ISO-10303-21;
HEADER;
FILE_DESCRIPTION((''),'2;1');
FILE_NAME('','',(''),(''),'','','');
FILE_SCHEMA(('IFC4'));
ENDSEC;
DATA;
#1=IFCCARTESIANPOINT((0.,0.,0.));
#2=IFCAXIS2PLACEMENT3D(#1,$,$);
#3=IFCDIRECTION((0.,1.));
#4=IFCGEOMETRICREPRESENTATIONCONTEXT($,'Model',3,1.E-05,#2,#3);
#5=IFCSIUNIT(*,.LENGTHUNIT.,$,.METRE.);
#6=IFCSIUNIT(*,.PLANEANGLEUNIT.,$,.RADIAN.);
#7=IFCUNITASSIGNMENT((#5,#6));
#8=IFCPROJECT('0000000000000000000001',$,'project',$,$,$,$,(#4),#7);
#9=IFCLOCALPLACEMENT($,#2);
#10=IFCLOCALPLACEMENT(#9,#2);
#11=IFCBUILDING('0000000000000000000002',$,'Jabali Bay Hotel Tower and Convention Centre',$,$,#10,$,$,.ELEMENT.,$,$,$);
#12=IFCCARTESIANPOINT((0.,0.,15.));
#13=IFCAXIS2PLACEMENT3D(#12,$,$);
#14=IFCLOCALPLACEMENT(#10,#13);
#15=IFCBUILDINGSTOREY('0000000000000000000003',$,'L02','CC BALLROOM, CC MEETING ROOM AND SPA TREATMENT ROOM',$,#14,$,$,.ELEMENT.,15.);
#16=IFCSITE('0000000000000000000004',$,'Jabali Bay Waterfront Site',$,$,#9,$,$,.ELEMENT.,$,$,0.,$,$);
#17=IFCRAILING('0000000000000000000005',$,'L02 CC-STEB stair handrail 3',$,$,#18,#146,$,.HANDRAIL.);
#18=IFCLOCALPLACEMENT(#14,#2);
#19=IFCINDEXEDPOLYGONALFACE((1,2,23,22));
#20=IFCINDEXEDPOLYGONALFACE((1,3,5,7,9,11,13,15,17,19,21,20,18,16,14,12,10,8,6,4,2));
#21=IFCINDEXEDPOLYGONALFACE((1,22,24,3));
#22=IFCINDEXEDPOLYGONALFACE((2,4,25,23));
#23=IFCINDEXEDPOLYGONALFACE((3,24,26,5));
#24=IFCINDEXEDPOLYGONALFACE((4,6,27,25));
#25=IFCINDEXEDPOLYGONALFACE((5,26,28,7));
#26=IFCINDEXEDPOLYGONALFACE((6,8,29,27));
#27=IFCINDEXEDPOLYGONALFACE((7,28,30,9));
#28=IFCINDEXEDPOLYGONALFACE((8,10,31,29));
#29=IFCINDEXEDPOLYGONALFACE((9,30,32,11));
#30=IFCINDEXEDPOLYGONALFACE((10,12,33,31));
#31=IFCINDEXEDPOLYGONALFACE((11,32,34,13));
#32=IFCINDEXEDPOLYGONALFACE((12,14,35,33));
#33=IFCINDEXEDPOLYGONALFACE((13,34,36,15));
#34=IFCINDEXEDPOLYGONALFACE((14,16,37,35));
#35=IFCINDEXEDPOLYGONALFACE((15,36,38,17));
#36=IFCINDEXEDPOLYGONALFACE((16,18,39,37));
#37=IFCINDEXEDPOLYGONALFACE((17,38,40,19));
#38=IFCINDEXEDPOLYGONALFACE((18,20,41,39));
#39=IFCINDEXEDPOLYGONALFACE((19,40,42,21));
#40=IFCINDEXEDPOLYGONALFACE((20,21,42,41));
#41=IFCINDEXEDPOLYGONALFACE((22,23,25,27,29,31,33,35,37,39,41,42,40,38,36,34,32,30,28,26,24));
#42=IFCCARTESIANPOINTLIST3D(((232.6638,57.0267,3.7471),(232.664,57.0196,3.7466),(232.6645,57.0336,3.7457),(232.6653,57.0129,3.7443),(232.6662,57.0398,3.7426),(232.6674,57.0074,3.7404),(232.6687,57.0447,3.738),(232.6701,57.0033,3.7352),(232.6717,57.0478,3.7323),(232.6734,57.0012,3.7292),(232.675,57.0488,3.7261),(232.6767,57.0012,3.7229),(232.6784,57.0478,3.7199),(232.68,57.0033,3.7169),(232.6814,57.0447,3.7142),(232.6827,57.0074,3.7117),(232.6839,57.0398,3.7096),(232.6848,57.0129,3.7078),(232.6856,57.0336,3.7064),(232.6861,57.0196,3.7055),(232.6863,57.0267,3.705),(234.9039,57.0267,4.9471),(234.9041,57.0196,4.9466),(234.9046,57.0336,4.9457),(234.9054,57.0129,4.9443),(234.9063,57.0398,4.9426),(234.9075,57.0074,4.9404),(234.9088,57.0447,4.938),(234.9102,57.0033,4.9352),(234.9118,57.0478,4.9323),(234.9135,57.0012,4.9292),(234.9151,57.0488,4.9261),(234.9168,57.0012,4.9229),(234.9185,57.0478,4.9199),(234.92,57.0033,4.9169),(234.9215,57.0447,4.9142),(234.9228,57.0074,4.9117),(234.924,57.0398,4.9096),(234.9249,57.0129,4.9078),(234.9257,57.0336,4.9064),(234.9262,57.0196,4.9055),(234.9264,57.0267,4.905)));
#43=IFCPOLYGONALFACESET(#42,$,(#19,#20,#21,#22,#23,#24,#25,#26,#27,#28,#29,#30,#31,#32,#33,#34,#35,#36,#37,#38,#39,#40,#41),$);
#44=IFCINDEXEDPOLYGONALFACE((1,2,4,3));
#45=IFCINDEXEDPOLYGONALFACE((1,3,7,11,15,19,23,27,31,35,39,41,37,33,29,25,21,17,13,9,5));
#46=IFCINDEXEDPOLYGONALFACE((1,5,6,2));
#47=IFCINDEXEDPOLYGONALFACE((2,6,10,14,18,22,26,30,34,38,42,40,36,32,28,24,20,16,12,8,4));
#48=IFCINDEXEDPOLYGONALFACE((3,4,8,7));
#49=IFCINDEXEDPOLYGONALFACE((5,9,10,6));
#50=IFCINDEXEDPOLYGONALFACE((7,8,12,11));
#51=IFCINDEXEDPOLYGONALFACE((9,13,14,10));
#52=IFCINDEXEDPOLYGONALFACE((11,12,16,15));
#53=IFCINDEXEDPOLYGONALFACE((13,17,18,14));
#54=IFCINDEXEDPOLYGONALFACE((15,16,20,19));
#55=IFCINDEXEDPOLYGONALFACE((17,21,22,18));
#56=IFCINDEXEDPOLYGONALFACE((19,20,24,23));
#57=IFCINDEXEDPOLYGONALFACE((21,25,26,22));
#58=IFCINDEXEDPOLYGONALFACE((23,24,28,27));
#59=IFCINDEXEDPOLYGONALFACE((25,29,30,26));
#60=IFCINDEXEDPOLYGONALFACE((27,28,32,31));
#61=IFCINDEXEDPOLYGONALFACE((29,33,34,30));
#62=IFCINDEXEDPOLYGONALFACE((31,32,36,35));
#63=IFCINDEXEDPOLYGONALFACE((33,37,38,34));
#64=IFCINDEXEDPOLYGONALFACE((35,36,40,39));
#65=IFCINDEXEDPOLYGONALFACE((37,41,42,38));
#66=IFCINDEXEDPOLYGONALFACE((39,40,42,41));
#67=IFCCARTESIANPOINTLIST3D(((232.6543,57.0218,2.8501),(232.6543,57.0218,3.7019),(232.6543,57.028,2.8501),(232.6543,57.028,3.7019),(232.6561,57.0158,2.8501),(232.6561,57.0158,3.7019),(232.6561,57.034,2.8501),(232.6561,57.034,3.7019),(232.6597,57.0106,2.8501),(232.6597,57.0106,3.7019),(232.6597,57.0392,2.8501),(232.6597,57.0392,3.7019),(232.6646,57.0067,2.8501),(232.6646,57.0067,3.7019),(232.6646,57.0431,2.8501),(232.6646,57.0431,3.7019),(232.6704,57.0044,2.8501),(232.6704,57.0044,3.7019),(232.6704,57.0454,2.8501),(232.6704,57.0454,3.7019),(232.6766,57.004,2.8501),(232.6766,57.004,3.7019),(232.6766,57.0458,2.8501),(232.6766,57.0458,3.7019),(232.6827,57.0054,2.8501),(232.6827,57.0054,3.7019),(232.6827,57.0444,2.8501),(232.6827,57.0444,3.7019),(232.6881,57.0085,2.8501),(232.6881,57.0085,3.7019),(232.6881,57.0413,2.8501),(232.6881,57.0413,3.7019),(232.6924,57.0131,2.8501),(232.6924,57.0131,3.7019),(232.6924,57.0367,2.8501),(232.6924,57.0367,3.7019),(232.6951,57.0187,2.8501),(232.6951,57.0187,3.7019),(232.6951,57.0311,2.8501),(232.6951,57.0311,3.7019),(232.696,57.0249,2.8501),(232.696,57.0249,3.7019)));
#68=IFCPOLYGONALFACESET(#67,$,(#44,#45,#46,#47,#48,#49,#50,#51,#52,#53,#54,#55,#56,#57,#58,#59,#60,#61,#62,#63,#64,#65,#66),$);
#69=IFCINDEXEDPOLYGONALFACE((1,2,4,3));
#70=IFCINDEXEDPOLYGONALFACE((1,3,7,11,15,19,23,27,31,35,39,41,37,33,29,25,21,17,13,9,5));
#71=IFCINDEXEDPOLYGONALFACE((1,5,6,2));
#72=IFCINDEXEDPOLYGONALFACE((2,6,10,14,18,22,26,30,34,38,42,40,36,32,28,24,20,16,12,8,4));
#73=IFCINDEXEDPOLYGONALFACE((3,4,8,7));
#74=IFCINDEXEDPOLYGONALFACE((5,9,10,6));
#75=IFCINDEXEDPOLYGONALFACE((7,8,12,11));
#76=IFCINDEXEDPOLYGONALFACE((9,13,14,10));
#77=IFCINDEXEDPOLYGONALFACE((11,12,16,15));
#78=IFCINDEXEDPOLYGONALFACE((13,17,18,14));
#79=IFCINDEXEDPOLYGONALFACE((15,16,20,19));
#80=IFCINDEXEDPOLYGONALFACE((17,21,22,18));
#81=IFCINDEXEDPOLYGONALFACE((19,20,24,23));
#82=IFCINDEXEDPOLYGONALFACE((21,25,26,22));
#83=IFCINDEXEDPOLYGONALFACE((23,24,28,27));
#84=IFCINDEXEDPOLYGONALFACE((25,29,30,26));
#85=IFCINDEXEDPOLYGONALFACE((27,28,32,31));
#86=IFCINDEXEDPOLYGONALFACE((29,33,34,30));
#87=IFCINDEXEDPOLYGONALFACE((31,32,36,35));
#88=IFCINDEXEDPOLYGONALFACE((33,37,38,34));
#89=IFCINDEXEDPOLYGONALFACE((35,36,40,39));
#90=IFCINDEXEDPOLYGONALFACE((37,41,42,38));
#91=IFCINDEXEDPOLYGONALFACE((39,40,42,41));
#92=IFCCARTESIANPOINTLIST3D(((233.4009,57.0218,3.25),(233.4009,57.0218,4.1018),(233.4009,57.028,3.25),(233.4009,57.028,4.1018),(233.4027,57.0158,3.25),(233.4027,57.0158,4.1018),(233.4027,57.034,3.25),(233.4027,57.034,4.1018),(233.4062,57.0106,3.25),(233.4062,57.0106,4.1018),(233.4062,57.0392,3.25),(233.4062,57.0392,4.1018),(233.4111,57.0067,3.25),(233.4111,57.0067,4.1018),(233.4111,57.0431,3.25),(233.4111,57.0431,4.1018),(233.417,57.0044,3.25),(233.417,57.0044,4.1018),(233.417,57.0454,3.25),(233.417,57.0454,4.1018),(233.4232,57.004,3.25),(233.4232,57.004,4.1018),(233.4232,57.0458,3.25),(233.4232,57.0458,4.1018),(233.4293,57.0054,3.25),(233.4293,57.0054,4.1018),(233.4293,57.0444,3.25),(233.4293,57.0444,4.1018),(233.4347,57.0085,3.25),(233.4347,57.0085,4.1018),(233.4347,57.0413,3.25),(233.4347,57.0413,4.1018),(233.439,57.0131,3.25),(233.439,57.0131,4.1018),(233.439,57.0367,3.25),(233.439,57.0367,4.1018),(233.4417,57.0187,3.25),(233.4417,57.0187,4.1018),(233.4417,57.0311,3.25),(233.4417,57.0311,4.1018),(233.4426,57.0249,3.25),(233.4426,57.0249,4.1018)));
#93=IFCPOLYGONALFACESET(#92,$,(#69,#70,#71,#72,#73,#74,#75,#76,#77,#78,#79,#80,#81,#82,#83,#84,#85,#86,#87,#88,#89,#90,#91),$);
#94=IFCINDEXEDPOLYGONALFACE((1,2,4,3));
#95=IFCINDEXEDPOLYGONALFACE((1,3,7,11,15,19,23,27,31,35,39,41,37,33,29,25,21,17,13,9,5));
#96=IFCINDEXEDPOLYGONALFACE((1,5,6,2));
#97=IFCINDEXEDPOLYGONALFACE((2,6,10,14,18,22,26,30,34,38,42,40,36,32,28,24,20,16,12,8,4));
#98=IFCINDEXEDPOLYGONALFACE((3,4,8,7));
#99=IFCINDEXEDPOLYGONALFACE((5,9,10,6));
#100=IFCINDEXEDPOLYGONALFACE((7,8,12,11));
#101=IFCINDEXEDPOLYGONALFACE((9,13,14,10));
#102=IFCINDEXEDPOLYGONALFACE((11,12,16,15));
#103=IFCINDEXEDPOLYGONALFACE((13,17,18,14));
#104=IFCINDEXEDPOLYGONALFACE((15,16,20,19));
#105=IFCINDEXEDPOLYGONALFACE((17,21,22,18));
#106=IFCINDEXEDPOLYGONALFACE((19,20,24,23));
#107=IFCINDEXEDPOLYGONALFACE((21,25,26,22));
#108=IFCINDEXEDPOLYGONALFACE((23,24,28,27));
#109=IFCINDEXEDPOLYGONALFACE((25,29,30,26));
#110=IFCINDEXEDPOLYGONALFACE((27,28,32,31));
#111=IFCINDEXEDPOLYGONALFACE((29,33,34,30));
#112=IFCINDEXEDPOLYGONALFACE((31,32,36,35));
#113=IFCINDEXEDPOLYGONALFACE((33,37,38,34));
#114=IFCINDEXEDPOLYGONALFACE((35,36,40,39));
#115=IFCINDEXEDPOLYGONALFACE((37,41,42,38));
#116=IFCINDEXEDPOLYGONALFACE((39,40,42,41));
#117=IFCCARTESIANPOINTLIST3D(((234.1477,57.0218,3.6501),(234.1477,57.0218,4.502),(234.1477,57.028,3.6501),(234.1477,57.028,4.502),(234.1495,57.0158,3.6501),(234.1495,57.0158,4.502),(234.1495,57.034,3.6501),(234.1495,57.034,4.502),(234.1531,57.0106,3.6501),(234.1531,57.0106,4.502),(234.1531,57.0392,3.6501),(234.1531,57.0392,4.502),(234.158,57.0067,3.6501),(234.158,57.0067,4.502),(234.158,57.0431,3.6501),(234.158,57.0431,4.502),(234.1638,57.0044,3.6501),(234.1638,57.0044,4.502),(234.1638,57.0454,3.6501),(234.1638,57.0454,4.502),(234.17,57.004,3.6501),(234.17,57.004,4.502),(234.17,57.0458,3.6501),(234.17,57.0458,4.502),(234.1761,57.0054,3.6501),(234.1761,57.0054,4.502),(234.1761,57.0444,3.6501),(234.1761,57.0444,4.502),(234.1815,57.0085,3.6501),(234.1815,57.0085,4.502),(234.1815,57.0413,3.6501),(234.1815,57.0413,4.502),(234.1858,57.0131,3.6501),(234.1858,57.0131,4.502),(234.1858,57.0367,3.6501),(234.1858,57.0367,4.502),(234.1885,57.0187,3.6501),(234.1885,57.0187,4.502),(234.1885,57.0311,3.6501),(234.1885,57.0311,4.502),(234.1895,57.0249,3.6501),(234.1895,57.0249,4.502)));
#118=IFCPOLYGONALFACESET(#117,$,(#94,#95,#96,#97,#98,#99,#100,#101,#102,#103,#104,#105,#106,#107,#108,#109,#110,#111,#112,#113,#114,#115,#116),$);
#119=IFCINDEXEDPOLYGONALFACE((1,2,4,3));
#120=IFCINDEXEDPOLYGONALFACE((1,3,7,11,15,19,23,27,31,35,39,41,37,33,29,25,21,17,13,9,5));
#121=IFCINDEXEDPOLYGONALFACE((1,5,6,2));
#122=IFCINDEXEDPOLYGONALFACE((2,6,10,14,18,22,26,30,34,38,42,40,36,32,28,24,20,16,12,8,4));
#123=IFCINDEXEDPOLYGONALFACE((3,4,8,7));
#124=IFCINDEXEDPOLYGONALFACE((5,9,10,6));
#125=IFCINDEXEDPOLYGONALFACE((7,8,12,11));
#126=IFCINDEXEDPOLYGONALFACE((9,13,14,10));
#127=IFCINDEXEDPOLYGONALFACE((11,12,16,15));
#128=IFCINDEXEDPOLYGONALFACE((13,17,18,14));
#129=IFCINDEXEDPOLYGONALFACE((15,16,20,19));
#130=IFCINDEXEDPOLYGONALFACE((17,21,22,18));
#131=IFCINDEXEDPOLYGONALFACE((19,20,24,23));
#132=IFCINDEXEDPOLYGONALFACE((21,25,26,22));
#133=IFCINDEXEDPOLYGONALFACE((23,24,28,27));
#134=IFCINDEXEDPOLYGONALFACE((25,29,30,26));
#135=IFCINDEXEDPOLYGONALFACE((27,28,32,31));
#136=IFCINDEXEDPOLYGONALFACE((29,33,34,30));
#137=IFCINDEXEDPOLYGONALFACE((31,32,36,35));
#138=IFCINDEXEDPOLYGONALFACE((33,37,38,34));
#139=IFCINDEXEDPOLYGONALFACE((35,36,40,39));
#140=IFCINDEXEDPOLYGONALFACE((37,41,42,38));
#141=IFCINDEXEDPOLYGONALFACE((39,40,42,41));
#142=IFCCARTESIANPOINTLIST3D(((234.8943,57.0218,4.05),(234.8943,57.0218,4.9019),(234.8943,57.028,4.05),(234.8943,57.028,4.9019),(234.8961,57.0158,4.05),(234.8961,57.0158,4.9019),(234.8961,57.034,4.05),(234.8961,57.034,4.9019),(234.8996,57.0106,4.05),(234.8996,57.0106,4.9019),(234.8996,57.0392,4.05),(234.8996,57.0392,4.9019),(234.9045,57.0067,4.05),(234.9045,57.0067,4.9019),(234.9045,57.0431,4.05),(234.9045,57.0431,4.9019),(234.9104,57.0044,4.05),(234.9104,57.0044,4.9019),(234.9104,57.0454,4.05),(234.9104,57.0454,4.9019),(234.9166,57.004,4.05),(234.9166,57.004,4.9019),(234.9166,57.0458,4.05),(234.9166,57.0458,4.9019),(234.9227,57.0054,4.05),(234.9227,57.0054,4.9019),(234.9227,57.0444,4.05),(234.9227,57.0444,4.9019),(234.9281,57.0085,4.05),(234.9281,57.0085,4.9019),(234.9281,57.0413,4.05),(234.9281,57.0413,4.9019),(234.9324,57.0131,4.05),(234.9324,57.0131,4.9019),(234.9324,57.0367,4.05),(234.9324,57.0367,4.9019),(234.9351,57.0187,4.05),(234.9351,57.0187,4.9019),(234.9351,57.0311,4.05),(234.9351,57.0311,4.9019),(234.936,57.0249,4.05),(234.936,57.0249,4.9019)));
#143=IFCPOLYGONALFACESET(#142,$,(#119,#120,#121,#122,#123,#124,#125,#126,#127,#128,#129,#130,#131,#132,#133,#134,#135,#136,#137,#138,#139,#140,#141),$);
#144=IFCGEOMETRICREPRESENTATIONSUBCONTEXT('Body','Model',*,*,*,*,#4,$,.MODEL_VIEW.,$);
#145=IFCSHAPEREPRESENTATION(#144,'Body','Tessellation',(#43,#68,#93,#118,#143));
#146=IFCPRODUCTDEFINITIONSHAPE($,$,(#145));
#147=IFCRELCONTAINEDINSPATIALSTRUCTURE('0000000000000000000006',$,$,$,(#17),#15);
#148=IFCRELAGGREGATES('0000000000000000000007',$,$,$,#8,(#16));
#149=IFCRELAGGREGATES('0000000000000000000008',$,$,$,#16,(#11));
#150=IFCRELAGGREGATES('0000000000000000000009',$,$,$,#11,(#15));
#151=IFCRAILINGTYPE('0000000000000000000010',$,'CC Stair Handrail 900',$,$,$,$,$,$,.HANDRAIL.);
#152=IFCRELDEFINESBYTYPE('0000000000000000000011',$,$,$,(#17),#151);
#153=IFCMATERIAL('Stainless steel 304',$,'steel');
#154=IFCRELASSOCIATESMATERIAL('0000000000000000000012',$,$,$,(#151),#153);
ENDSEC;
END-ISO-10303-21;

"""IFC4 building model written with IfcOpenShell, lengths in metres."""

from ifc_helpers import new_model, si_unit, direction, frame, origin, origin_2d, place, context, subcontext, project, spatial, circle, extrude, material, type_object, element, save


model = new_model("IFC4")

# Units and contexts
model_context = context("Model", 3, precision=1e-05, world=origin(), true_north=direction((0.0, 1.0)))
body_context = subcontext(model_context, "Body", "Model", "MODEL_VIEW")
ifc_project = project(units=[si_unit("LENGTHUNIT", "METRE"), si_unit("PLANEANGLEUNIT", "RADIAN")], contexts=[model_context])

# Site, building, storey
site_placement = place(None, origin())
site = spatial("IfcSite", under=ifc_project, at=site_placement, Name="Jabali Bay Waterfront Site", CompositionType="ELEMENT", RefElevation=0.0)
building_placement = place(site_placement, origin())
building = spatial("IfcBuilding", under=site, at=building_placement, Name="Jabali Bay Hotel Tower and Convention Centre", CompositionType="ELEMENT")
storey_placement = place(building_placement, frame((0.0, 0.0, 15.0)))
storey = spatial("IfcBuildingStorey", under=building, at=storey_placement, Name="L02", Description="CC BALLROOM, CC MEETING ROOM AND SPA TREATMENT ROOM", CompositionType="ELEMENT", Elevation=15.0)

# Railing
ifc_material_1 = material(Name="Stainless steel 304", Category="steel")
railing_type_1 = type_object("IfcRailingType", Name="CC Stair Handrail 900", PredefinedType="HANDRAIL", material=ifc_material_1)
railing_1_placement = place(storey_placement, frame((232.675, 57.0249, 2.8501)))
element("IfcRailing", 1, at=railing_1_placement, inside=storey, type_object=railing_type_1, Name="L02 CC-STEB stair handrail 3", PredefinedType="HANDRAIL", context=body_context, shape_type="SweptSolid", body=[
    extrude(circle(Radius=0.0239, at=origin_2d()), frame((0.0, 0.0, 0.876), z_axis=(0.881487, 0.0, 0.472208), x_axis=(0.0, 1.0, 0.0)), (0.0, 0.0, 1.0), 2.5413),
    extrude(circle(Radius=0.021, at=origin_2d()), origin(), (0.0, 0.0, 1.0), 0.8518),
    extrude(circle(Radius=0.021, at=origin_2d()), frame((0.7466, 0.0, 0.3999)), (0.0, 0.0, 1.0), 0.8518),
    extrude(circle(Radius=0.021, at=origin_2d()), frame((1.4934, 0.0, 0.8)), (0.0, 0.0, 1.0), 0.8518),
    extrude(circle(Radius=0.021, at=origin_2d()), frame((2.24, 0.0, 1.2)), (0.0, 0.0, 1.0), 0.8518),
])

save(model, "model.ifc")
